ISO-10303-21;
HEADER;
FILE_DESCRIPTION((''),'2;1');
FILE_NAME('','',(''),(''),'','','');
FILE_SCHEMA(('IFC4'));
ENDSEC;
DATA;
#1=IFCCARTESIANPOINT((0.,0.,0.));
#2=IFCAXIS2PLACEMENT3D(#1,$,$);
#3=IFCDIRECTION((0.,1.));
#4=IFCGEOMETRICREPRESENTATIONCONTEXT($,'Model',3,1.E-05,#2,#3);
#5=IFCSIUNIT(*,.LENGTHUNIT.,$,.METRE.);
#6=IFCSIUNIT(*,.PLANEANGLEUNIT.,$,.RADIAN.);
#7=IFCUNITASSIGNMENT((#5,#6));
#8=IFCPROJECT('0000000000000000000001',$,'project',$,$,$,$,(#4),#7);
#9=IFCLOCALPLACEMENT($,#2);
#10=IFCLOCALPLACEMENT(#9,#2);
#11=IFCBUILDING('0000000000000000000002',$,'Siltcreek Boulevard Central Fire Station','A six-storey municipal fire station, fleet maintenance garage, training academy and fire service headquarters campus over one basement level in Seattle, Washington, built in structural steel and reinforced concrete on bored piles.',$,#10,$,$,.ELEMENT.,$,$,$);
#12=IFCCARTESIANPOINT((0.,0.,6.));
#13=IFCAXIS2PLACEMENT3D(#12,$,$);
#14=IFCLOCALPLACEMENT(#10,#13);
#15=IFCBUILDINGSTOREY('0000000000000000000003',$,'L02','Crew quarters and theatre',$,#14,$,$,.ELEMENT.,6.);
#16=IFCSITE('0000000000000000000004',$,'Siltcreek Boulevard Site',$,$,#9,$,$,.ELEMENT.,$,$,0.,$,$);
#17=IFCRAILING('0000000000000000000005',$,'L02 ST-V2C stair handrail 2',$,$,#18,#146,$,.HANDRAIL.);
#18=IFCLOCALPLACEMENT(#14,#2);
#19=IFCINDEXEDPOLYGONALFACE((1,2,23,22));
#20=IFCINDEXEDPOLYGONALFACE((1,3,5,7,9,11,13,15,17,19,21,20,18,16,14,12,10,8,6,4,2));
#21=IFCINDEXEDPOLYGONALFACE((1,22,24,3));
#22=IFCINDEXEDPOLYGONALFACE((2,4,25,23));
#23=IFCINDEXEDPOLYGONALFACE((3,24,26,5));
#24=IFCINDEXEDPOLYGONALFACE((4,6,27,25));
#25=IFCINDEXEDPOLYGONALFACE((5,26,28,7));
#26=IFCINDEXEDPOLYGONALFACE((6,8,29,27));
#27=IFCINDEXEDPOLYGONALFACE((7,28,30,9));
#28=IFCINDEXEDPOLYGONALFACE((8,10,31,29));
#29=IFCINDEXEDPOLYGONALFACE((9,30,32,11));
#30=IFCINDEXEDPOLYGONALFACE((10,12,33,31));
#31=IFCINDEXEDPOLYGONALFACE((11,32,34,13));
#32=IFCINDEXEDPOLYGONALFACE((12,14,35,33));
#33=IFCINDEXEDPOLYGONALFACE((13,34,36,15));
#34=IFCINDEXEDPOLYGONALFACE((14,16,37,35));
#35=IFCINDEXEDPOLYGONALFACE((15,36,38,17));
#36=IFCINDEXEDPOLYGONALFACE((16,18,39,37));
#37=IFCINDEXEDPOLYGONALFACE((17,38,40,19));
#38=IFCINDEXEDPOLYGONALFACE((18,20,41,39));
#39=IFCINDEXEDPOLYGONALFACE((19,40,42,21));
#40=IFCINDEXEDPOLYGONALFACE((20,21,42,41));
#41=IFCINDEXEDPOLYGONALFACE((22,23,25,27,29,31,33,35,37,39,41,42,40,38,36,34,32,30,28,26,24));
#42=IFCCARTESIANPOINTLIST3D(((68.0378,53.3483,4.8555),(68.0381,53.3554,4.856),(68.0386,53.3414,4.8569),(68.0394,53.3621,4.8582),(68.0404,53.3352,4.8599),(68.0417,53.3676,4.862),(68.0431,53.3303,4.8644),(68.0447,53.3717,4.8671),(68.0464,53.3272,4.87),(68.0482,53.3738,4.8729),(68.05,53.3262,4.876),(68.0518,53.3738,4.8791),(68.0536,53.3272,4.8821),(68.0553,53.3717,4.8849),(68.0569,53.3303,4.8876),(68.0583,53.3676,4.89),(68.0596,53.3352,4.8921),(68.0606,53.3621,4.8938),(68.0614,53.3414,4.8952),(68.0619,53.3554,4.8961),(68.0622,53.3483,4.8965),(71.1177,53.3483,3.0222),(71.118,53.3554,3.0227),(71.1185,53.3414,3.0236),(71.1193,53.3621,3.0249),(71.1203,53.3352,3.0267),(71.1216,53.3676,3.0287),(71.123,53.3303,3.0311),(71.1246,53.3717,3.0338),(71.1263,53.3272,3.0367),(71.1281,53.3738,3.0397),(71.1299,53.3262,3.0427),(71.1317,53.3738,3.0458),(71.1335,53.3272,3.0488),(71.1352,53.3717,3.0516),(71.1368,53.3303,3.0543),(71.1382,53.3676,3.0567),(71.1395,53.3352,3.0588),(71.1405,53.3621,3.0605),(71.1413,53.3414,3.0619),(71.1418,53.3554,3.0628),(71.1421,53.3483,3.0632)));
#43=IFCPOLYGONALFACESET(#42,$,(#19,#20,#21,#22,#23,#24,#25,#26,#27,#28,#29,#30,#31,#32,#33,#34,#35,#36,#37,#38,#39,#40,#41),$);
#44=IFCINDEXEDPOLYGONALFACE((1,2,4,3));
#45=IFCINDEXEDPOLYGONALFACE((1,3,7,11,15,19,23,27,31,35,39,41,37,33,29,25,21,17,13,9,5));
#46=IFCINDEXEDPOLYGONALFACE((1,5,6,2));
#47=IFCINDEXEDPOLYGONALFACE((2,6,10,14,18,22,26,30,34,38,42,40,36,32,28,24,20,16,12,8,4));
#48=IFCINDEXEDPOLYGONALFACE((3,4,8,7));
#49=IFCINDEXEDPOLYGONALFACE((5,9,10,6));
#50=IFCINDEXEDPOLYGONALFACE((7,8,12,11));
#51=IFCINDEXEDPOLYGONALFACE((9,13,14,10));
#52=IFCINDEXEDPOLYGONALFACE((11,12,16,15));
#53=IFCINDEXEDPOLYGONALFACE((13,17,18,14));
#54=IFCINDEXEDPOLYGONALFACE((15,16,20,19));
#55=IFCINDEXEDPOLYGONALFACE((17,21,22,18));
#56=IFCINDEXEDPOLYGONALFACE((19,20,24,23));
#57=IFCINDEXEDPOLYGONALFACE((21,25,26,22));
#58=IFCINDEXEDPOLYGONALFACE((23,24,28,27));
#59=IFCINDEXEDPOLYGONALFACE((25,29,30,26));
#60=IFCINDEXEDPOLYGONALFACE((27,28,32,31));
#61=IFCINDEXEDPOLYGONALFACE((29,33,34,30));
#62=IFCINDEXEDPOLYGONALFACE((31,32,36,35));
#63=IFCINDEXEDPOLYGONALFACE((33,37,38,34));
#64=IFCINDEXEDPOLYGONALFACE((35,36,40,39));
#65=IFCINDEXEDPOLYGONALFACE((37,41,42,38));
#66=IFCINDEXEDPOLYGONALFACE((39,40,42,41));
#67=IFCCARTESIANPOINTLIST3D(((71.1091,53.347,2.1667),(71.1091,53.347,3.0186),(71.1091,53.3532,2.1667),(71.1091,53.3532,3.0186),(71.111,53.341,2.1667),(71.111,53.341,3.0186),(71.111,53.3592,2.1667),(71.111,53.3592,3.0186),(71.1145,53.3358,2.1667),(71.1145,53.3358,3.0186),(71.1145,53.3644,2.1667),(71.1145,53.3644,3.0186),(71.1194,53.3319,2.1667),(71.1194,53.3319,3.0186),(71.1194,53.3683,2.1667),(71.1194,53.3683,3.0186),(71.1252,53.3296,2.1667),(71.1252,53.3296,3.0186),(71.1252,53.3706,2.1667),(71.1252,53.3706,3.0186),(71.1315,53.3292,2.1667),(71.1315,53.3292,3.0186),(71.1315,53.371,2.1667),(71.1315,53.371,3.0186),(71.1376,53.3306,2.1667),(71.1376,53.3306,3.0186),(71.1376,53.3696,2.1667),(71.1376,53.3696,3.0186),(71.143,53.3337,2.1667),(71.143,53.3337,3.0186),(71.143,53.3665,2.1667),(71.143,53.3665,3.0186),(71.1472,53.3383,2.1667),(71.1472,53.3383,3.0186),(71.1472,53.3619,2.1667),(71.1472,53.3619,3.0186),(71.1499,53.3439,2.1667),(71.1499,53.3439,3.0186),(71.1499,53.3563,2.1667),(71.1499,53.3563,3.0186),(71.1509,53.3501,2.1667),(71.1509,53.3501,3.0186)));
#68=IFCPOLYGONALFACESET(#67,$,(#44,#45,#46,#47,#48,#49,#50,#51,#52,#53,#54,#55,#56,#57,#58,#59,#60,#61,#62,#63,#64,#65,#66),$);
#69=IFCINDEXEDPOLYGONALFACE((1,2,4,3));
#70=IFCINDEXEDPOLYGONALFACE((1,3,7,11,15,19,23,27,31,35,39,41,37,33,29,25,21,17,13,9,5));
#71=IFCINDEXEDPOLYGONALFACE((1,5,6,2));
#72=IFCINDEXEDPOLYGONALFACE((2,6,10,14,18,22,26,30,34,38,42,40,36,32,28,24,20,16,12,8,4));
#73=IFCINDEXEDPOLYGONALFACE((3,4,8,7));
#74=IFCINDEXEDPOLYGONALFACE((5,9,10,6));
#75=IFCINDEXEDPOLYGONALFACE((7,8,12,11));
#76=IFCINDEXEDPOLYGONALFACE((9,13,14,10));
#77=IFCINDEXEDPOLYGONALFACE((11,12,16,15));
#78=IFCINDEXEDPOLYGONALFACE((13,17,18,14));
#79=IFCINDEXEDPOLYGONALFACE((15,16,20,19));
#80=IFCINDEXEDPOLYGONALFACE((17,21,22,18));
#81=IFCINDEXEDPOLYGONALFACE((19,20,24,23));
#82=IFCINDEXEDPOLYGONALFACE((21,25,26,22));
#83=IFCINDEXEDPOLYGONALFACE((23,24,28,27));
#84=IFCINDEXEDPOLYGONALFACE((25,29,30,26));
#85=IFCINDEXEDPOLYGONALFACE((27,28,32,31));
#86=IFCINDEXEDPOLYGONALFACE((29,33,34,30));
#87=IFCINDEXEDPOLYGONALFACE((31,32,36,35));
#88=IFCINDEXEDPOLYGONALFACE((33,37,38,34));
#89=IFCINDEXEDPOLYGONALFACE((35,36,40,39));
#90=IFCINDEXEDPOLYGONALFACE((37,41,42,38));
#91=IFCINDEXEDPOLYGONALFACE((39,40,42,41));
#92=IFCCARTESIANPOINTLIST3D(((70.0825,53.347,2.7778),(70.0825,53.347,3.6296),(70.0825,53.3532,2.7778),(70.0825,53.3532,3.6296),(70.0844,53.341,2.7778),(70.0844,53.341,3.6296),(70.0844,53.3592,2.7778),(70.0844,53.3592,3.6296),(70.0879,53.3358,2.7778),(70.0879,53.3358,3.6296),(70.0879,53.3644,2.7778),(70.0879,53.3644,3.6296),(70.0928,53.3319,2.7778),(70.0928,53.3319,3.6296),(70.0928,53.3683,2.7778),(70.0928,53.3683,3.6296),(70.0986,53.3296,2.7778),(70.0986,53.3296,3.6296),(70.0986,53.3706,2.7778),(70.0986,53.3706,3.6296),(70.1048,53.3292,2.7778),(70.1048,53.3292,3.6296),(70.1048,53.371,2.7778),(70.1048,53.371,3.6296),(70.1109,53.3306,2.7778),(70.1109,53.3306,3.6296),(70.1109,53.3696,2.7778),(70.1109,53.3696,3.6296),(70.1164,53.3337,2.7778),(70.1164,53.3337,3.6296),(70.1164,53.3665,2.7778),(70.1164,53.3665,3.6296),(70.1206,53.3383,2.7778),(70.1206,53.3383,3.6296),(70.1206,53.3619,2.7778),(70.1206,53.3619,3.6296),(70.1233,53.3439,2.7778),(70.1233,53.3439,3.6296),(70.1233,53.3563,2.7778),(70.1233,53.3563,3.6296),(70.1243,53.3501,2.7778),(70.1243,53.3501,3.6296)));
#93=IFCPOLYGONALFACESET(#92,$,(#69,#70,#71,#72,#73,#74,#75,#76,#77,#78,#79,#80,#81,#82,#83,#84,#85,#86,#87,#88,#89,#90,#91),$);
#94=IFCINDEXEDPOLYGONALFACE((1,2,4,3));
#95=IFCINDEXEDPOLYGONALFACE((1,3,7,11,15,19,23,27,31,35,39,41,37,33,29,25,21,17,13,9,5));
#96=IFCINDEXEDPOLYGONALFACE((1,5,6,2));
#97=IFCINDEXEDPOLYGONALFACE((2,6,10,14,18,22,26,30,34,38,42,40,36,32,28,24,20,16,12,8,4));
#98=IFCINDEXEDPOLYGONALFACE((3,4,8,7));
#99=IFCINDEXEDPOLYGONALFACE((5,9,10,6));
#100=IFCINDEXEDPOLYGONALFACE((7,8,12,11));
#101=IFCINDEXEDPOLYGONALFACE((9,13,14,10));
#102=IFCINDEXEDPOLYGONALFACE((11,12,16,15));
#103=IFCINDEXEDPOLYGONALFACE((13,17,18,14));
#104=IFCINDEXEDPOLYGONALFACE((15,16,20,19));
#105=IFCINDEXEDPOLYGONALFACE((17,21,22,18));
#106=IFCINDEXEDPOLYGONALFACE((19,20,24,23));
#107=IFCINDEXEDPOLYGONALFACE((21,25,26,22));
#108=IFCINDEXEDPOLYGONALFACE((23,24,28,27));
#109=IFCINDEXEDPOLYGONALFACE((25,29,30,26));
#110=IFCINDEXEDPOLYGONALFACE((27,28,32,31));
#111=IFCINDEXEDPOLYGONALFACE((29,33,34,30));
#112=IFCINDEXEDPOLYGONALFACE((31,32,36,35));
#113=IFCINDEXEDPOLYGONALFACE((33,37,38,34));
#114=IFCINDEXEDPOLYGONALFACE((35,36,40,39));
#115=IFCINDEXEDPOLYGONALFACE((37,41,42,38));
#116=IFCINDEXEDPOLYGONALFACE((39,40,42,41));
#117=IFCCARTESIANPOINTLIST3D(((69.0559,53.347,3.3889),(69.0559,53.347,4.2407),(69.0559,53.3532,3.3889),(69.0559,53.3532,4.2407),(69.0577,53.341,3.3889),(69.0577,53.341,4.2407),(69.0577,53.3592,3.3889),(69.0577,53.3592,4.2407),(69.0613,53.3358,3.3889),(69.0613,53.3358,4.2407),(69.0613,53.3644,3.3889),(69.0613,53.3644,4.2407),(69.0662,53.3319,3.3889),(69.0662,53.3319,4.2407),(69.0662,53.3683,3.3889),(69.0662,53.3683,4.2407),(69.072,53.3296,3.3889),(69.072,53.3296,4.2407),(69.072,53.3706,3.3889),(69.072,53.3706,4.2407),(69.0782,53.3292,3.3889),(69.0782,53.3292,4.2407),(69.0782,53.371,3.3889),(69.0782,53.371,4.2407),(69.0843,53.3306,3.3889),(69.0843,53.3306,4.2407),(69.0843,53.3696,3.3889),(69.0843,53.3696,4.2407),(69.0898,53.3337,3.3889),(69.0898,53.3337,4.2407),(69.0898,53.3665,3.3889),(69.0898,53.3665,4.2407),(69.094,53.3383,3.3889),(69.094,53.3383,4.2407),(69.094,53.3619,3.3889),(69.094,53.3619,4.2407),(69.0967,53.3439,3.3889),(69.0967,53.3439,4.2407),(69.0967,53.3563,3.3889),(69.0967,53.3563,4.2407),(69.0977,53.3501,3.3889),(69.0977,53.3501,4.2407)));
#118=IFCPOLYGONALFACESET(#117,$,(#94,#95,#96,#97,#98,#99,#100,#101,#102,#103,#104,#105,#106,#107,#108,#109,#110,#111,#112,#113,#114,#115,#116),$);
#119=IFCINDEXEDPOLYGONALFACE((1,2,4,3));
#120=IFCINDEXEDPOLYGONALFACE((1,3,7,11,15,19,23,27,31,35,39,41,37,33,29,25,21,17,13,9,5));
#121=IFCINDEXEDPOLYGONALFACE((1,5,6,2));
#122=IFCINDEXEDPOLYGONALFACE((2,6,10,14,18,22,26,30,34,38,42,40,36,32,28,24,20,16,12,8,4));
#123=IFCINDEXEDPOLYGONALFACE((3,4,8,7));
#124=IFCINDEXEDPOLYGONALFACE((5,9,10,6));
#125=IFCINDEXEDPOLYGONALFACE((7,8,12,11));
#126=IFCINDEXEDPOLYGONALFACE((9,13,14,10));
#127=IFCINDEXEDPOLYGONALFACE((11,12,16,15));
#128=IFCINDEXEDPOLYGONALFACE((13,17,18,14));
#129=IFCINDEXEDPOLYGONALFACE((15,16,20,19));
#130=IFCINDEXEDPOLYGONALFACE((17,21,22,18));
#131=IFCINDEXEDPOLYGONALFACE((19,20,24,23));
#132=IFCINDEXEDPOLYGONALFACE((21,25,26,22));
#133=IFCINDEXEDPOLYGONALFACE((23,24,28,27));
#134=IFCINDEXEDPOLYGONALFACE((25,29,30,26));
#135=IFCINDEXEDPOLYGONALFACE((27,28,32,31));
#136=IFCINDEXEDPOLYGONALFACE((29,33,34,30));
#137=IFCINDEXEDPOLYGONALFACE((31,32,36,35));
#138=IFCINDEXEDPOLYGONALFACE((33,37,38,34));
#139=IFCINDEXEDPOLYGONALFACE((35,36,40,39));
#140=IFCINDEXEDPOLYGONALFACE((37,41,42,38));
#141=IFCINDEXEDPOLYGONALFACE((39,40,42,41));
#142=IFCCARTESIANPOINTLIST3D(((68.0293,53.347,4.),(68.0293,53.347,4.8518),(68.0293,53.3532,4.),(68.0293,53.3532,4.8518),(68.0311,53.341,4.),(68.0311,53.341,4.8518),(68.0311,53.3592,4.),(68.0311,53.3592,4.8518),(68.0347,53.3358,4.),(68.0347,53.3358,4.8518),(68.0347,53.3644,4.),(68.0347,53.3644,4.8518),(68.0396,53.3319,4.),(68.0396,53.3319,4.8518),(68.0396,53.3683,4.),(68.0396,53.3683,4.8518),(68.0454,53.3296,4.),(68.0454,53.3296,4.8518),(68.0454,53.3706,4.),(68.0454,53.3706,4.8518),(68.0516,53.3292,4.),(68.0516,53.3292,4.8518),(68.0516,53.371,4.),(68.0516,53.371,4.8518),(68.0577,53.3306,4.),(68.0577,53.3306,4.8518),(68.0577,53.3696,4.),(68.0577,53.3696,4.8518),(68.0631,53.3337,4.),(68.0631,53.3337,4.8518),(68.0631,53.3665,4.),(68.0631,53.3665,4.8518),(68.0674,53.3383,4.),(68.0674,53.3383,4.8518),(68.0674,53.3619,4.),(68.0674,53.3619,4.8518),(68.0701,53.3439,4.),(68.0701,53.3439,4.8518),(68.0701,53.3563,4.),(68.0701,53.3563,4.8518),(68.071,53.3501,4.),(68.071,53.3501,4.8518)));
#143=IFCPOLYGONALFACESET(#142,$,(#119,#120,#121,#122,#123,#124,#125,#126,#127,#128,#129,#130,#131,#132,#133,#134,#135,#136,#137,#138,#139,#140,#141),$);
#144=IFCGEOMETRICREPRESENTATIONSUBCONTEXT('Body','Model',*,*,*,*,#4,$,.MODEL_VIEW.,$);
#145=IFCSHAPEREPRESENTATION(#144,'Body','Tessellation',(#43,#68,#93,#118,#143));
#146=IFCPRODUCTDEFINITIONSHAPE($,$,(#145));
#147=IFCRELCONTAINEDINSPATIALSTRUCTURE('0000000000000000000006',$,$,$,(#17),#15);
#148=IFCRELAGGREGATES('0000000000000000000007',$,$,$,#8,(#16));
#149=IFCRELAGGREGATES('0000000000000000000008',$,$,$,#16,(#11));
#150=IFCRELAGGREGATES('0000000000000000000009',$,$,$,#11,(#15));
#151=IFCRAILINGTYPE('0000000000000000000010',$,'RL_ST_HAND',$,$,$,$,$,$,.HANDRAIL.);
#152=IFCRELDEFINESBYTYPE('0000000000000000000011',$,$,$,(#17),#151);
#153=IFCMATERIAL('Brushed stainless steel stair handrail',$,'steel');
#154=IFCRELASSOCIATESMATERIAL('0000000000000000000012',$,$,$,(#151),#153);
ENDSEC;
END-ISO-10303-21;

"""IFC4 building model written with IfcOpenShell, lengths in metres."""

from ifc_helpers import new_model, si_unit, direction, frame, origin, origin_2d, place, context, subcontext, project, spatial, circle, extrude, material, type_object, element, save


model = new_model("IFC4")

# Units and contexts
model_context = context("Model", 3, precision=1e-05, world=origin(), true_north=direction((0.0, 1.0)))
body_context = subcontext(model_context, "Body", "Model", "MODEL_VIEW")
ifc_project = project(units=[si_unit("LENGTHUNIT", "METRE"), si_unit("PLANEANGLEUNIT", "RADIAN")], contexts=[model_context])

# Site, building, storey
site_placement = place(None, origin())
site = spatial("IfcSite", under=ifc_project, at=site_placement, Name="Siltcreek Boulevard Site", CompositionType="ELEMENT", RefElevation=0.0)
building_placement = place(site_placement, origin())
building = spatial("IfcBuilding", under=site, at=building_placement, Name="Siltcreek Boulevard Central Fire Station", Description="A six-storey municipal fire station, fleet maintenance garage, training academy and fire service headquarters campus over one basement level in Seattle, Washington, built in structural steel and reinforced concrete on bored piles.", CompositionType="ELEMENT")
storey_placement = place(building_placement, frame((0.0, 0.0, 6.0)))
storey = spatial("IfcBuildingStorey", under=building, at=storey_placement, Name="L02", Description="Crew quarters and theatre", CompositionType="ELEMENT", Elevation=6.0)

# Railing
ifc_material_1 = material(Name="Brushed stainless steel stair handrail", Category="steel")
railing_type_1 = type_object("IfcRailingType", Name="RL_ST_HAND", PredefinedType="HANDRAIL", material=ifc_material_1)
railing_1_placement = place(storey_placement, frame((71.1299, 53.3501, 2.1667)))
element("IfcRailing", 1, at=railing_1_placement, inside=storey, type_object=railing_type_1, Name="L02 ST-V2C stair handrail 2", PredefinedType="HANDRAIL", context=body_context, shape_type="SweptSolid", body=[
    extrude(circle(Radius=0.0239, at=origin_2d()), frame((0.0, 0.0, 0.876), z_axis=(-0.859291, 0.0, 0.511487), x_axis=(0.0, -1.0, 0.0)), (0.0, 0.0, 1.0), 3.5842),
    extrude(circle(Radius=0.021, at=origin_2d()), origin(), (0.0, 0.0, 1.0), 0.8518),
    extrude(circle(Radius=0.021, at=origin_2d()), frame((-1.0266, 0.0, 0.6111)), (0.0, 0.0, 1.0), 0.8518),
    extrude(circle(Radius=0.021, at=origin_2d()), frame((-2.0532, 0.0, 1.2222)), (0.0, 0.0, 1.0), 0.8518),
    extrude(circle(Radius=0.021, at=origin_2d()), frame((-3.0798, 0.0, 1.8333)), (0.0, 0.0, 1.0), 0.8518),
])

save(model, "model.ifc")
